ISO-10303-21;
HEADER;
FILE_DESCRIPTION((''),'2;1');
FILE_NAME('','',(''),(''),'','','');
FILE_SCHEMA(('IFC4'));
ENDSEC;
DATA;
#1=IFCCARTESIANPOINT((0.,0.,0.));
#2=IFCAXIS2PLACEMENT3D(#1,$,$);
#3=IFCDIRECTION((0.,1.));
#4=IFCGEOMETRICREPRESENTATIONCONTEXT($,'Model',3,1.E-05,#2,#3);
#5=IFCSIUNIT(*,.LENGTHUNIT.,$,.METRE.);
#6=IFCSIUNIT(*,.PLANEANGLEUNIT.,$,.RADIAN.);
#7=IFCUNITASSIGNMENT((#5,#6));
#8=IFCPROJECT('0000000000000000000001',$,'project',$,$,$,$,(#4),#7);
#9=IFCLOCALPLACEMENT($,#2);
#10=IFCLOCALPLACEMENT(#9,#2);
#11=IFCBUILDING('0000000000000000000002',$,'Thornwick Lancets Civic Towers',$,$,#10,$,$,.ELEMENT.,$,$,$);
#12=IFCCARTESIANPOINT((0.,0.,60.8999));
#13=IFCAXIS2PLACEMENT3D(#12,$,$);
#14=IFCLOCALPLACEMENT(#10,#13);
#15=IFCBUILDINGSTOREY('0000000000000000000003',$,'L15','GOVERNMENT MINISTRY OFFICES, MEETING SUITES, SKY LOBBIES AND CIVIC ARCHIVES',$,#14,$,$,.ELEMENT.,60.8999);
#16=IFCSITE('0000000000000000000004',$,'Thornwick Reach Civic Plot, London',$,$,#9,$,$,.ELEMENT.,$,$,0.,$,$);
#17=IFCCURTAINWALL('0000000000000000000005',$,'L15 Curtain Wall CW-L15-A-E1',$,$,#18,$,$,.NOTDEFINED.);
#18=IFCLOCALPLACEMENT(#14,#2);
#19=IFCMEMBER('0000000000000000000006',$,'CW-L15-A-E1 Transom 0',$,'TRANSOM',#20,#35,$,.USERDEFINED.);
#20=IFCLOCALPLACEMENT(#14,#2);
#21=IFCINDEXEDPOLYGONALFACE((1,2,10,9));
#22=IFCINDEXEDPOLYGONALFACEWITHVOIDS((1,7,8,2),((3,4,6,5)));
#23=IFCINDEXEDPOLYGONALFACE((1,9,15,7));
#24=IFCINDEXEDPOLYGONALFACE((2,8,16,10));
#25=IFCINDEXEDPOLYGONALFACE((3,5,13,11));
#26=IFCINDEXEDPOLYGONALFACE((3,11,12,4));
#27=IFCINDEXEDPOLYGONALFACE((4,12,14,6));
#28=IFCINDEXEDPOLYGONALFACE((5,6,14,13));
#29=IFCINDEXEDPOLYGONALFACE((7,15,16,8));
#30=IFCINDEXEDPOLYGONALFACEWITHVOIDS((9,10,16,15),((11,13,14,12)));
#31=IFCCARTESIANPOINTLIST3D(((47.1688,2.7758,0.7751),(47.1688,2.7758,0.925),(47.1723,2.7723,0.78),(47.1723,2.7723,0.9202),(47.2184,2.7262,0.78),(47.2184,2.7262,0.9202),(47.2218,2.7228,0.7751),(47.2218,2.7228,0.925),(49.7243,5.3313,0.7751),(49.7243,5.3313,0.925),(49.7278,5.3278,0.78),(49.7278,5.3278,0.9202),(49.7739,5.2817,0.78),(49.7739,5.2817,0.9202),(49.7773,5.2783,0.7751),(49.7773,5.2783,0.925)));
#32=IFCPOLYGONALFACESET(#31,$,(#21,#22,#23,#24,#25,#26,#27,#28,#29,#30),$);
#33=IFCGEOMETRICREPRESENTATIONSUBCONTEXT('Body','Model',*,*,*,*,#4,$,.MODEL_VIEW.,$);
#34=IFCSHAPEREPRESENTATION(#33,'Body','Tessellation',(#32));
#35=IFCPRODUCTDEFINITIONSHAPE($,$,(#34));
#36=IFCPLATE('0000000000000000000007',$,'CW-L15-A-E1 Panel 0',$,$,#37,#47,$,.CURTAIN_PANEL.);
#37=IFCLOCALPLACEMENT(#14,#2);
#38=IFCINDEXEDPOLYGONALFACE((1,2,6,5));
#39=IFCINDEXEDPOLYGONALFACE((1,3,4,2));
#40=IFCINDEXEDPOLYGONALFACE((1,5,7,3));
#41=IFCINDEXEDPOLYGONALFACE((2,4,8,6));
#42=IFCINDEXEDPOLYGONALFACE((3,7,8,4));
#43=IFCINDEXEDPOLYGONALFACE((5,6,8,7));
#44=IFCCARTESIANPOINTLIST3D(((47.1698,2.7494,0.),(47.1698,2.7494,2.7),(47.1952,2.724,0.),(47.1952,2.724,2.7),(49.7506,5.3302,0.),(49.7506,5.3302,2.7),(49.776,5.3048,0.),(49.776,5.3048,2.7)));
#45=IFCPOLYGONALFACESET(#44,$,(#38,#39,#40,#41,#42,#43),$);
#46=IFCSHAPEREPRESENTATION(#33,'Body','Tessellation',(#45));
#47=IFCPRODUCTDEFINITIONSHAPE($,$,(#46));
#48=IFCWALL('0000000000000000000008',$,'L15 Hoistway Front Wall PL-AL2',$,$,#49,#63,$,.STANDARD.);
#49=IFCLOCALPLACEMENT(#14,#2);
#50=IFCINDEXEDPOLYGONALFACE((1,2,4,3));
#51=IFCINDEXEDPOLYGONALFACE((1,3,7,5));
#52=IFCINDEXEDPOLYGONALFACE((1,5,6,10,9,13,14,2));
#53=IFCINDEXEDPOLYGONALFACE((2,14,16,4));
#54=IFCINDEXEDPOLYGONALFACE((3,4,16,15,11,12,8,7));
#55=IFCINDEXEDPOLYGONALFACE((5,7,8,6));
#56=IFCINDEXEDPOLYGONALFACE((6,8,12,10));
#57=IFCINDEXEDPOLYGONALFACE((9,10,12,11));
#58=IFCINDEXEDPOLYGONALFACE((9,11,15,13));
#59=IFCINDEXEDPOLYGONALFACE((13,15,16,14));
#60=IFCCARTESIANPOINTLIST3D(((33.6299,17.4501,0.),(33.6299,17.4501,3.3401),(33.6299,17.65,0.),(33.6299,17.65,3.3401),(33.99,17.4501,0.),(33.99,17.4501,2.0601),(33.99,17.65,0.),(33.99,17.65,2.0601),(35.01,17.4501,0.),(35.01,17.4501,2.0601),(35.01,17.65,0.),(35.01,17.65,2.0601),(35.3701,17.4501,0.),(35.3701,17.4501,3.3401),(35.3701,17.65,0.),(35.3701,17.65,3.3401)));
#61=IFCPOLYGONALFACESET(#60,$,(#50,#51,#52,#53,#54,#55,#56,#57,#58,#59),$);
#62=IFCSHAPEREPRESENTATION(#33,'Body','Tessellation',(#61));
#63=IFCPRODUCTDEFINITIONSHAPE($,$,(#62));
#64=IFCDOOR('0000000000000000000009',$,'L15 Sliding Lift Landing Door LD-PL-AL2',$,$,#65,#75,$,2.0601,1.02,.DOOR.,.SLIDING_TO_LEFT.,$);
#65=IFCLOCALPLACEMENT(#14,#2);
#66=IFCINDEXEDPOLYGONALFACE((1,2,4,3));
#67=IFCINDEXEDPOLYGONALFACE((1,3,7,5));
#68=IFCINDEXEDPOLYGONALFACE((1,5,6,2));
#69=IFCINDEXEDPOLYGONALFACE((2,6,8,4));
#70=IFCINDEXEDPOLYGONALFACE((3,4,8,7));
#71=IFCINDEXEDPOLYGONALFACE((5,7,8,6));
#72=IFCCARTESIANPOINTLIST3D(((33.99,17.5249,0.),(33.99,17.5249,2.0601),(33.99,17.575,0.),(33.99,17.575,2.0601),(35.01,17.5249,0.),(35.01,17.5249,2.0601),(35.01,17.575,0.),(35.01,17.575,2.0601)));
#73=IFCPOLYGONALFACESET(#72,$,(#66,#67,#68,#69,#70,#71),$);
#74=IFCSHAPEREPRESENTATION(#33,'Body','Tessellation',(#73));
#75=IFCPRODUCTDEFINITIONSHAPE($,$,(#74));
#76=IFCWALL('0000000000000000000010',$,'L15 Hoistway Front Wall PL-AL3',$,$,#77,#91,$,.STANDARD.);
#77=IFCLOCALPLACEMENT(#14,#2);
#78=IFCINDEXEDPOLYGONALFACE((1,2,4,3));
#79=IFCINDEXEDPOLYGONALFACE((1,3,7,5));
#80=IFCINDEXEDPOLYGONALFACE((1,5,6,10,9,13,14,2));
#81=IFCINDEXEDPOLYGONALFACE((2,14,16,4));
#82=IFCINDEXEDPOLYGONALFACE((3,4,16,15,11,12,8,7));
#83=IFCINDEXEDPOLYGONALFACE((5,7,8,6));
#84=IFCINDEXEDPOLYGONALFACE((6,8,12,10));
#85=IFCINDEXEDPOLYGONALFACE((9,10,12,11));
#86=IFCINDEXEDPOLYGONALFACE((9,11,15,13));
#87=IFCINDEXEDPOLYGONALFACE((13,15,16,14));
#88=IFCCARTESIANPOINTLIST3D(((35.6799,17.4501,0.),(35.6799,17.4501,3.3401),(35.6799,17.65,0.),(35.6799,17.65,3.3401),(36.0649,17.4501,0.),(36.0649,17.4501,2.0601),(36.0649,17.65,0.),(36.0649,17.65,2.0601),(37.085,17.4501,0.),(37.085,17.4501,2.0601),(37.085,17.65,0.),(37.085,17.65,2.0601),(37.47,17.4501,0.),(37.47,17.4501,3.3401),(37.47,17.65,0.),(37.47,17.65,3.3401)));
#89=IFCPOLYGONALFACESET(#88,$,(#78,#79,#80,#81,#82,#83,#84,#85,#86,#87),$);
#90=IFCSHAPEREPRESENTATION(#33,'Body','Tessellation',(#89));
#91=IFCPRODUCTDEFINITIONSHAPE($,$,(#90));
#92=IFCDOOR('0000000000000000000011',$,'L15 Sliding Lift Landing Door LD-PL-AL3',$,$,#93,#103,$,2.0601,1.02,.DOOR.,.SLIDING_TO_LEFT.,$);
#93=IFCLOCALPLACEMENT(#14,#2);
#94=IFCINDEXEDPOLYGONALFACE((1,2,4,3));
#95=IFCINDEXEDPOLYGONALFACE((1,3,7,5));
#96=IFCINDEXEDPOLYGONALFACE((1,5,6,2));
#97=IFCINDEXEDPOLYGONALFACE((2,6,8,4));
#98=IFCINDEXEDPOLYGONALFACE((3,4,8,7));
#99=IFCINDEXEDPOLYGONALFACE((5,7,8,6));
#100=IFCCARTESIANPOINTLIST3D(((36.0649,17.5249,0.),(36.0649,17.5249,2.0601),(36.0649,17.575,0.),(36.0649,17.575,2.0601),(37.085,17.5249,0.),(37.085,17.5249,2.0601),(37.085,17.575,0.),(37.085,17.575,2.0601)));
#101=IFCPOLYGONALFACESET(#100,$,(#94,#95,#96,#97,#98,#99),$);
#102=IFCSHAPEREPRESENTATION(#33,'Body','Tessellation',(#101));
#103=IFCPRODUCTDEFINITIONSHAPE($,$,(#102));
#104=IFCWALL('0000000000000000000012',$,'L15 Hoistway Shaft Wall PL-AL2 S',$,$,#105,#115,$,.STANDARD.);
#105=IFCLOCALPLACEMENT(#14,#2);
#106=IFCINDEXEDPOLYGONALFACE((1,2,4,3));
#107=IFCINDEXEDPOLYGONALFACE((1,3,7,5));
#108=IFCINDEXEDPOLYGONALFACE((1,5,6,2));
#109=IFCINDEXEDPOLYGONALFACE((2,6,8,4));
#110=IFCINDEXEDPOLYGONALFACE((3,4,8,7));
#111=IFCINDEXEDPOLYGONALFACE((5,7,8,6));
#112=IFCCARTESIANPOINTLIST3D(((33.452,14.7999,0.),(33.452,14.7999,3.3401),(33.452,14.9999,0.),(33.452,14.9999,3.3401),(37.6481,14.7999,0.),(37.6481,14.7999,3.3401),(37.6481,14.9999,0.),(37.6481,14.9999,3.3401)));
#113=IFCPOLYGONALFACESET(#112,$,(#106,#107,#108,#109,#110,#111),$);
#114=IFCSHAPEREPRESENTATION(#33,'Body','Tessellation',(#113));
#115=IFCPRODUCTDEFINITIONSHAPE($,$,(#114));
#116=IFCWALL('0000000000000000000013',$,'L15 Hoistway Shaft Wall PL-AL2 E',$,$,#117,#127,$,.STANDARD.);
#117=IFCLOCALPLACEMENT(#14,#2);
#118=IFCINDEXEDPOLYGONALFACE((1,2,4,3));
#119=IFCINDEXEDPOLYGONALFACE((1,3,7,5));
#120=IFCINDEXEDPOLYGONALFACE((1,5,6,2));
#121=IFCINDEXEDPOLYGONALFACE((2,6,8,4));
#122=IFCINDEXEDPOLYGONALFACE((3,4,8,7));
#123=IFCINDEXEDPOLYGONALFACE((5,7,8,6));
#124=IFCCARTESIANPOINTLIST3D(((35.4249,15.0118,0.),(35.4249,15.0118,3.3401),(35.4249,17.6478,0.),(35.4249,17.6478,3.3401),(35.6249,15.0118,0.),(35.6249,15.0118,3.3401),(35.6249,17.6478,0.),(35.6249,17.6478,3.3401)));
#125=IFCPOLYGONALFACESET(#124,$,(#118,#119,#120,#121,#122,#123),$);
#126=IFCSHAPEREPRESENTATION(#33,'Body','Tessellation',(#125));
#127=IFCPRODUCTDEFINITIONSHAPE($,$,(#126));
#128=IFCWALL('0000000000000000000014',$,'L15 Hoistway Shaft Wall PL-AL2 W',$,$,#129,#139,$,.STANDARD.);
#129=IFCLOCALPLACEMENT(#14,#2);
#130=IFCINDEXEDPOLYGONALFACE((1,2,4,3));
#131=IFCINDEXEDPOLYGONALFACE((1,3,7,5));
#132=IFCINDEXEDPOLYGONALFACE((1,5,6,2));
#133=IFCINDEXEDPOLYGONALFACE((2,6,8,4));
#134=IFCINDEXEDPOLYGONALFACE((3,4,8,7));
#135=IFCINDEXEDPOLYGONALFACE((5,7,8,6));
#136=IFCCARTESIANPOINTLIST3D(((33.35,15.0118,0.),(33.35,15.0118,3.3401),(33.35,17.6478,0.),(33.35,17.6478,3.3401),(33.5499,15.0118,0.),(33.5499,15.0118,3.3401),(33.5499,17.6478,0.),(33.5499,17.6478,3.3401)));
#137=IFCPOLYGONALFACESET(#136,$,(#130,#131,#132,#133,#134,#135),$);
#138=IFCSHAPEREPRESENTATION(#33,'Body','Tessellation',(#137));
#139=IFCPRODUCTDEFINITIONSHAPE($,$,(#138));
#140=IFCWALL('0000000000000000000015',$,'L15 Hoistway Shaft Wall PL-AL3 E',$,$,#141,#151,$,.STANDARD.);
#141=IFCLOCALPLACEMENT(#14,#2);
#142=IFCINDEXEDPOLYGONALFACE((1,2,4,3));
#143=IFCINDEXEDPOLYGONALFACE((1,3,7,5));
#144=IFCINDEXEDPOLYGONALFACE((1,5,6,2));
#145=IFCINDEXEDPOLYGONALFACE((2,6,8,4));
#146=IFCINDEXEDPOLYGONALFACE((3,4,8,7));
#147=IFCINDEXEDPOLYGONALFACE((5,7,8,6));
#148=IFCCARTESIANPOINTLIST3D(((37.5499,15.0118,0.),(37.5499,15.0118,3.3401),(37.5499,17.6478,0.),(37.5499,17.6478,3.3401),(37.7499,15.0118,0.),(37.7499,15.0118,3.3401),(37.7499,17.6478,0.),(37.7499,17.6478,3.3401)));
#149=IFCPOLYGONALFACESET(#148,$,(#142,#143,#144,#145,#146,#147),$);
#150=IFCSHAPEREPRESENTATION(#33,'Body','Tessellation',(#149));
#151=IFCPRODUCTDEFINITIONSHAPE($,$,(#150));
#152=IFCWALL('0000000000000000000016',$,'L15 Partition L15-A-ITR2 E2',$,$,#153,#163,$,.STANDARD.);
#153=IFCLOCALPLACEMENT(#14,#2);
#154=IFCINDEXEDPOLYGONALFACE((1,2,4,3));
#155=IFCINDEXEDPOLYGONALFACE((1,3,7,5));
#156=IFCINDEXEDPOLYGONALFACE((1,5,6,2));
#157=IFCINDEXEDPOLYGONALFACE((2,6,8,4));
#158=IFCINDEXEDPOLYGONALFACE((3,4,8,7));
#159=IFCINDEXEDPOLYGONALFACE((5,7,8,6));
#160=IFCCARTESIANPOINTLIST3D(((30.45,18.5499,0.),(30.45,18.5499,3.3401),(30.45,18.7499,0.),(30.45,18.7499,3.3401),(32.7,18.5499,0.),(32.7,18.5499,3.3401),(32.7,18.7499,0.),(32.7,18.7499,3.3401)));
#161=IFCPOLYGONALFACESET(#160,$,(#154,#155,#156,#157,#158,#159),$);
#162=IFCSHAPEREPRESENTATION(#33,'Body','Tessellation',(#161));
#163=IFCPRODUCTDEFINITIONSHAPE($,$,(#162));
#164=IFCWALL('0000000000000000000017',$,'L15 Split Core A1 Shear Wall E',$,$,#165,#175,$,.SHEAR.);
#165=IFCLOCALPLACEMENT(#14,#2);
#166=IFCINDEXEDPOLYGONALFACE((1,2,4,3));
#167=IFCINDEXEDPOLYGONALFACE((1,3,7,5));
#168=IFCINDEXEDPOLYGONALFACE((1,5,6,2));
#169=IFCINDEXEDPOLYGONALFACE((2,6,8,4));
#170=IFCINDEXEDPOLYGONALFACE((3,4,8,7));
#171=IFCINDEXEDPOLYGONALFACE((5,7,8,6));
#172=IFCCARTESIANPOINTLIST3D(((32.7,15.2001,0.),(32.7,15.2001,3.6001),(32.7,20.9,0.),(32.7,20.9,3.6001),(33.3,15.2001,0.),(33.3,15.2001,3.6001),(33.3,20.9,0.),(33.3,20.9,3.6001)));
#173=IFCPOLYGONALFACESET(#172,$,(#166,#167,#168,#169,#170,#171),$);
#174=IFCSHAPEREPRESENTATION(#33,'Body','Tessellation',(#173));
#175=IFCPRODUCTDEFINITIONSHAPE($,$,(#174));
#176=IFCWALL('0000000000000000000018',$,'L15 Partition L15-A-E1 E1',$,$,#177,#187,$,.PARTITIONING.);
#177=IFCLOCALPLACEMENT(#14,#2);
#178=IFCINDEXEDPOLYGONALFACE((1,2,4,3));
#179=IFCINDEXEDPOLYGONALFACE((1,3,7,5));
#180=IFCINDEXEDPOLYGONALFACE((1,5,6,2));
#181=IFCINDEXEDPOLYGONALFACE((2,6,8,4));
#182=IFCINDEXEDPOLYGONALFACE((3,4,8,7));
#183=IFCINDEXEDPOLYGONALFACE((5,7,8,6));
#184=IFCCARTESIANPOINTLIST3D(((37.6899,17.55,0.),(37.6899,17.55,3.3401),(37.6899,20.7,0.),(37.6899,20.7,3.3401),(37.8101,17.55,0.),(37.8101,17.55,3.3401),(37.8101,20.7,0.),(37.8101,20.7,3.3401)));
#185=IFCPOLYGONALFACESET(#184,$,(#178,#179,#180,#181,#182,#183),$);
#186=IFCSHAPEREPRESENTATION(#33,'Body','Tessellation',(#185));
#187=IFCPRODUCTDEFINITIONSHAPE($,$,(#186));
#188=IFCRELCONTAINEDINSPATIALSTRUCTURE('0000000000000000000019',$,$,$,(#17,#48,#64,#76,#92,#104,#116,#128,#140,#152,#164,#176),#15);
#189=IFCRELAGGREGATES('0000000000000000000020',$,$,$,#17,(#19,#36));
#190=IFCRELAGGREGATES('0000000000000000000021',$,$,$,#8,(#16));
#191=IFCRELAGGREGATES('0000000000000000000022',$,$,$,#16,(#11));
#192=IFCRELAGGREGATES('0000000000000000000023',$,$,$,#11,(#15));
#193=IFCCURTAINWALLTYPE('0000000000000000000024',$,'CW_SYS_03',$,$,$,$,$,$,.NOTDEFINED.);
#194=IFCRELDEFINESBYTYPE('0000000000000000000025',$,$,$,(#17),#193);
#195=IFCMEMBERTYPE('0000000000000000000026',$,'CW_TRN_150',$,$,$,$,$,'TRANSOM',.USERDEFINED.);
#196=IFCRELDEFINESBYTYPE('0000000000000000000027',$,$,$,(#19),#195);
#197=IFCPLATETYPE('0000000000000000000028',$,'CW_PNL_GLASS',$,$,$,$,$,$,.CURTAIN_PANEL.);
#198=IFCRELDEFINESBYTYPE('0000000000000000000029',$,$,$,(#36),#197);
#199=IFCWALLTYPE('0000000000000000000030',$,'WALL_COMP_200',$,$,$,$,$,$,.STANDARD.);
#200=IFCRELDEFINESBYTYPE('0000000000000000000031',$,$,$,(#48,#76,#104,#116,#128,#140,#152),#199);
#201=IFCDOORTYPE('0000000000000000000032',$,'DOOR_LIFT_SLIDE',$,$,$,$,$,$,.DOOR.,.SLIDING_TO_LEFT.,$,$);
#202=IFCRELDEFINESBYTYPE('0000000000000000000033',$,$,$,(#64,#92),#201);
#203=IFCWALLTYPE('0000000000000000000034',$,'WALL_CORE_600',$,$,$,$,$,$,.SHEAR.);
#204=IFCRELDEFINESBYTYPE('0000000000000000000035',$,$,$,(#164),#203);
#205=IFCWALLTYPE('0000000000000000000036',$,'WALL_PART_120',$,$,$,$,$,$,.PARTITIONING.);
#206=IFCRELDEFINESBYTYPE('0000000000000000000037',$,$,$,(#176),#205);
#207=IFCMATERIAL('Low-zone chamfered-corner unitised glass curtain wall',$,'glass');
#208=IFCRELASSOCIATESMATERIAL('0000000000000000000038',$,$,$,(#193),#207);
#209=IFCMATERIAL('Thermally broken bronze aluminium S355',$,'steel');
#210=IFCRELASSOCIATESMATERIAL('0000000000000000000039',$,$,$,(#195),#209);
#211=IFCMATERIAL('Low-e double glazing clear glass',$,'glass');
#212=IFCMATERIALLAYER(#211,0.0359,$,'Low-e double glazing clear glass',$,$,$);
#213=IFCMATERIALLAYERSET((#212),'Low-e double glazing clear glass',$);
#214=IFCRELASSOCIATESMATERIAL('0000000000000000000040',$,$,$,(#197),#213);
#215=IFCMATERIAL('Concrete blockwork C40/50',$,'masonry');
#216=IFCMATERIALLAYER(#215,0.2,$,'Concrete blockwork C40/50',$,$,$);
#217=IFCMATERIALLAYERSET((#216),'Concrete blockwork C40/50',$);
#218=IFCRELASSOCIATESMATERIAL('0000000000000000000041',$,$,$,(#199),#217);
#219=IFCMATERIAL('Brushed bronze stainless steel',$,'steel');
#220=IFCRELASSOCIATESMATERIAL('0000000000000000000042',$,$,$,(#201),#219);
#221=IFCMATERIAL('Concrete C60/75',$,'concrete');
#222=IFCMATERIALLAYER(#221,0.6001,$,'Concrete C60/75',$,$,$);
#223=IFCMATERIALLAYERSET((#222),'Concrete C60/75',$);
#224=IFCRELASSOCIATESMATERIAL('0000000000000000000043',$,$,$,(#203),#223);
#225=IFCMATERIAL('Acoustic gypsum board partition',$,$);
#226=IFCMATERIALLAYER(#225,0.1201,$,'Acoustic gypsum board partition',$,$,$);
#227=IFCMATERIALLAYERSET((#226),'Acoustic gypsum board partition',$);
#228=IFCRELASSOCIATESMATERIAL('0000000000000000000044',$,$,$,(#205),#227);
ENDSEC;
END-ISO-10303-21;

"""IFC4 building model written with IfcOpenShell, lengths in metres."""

from ifc_helpers import new_model, si_unit, direction, frame, frame_2d, origin, origin_2d, place, context, subcontext, project, spatial, rectangle, hollow_rectangle, extrude, material, layer, layer_set, material_profile, profile_set, type_object, element, fill, aggregate, save


model = new_model("IFC4")

# Units and contexts
model_context = context("Model", 3, precision=1e-05, world=origin(), true_north=direction((0.0, 1.0)))
body_context = subcontext(model_context, "Body", "Model", "MODEL_VIEW")
ifc_project = project(units=[si_unit("LENGTHUNIT", "METRE"), si_unit("PLANEANGLEUNIT", "RADIAN")], contexts=[model_context])

# Site, building, storey
site_placement = place(None, origin())
site = spatial("IfcSite", under=ifc_project, at=site_placement, Name="Thornwick Reach Civic Plot, London", CompositionType="ELEMENT", RefElevation=0.0)
building_placement = place(site_placement, origin())
building = spatial("IfcBuilding", under=site, at=building_placement, Name="Thornwick Lancets Civic Towers", CompositionType="ELEMENT")
storey_placement = place(building_placement, frame((0.0, 0.0, 60.8999)))
storey = spatial("IfcBuildingStorey", under=building, at=storey_placement, Name="L15", Description="GOVERNMENT MINISTRY OFFICES, MEETING SUITES, SKY LOBBIES AND CIVIC ARCHIVES", CompositionType="ELEMENT", Elevation=60.8999)

# Shared definitions
ifc_material_1 = material(Name="Concrete C60/75", Category="concrete")

# Curtain wall, member, plate
ifc_material_2 = material(Name="Low-zone chamfered-corner unitised glass curtain wall", Category="glass")
curtain_wall_type = type_object("IfcCurtainWallType", Name="CW_SYS_03", PredefinedType="NOTDEFINED", material=ifc_material_2)
curtain_wall_placement = place(storey_placement, origin())
curtain_wall = element("IfcCurtainWall", 1, at=curtain_wall_placement, inside=storey, type_object=curtain_wall_type, Name="L15 Curtain Wall CW-L15-A-E1", PredefinedType="NOTDEFINED")
ifc_material_3 = material(Name="Thermally broken bronze aluminium S355", Category="steel")
ifc_material_profile_1 = material_profile(ifc_material_3, hollow_rectangle(XDim=0.075, YDim=0.1499, WallThickness=0.0049, at=origin_2d()), Name="RHS 150x75x5")
ifc_profile_set_1 = profile_set([ifc_material_profile_1], Name="Thermally broken bronze aluminium S355")
member_type_1 = type_object("IfcMemberType", Name="CW_TRN_150", ElementType="TRANSOM", PredefinedType="USERDEFINED", material=ifc_profile_set_1)
member_1_placement = place(storey_placement, frame((47.1953, 2.7493, 0.8501), z_axis=(0.707107, 0.707107, 0.0), x_axis=(-0.707107, 0.707107, 0.0)))
member_1 = element("IfcMember", 2, at=member_1_placement, type_object=member_type_1, Name="CW-L15-A-E1 Transom 0", ObjectType="TRANSOM", PredefinedType="USERDEFINED", context=body_context, shape_type="SweptSolid", body=[
    extrude(hollow_rectangle(XDim=0.075, YDim=0.1499, WallThickness=0.0049, at=origin_2d()), origin(), (0.0, 0.0, 1.0), 3.614),
])
ifc_material_4 = material(Name="Low-e double glazing clear glass", Category="glass")
ifc_layer_1 = layer(ifc_material_4, 0.0359, Name="Low-e double glazing clear glass")
ifc_layer_set_1 = layer_set([ifc_layer_1], Name="Low-e double glazing clear glass")
plate_type = type_object("IfcPlateType", Name="CW_PNL_GLASS", PredefinedType="CURTAIN_PANEL", material=ifc_layer_set_1)
plate_placement = place(storey_placement, frame((48.4729, 4.0271, 0.0), z_axis=(0.0, 0.0, 1.0), x_axis=(0.707107, 0.707107, 0.0)))
plate = element("IfcPlate", 3, at=plate_placement, type_object=plate_type, Name="CW-L15-A-E1 Panel 0", PredefinedType="CURTAIN_PANEL", context=body_context, shape_type="SweptSolid", body=[
    extrude(rectangle(XDim=3.6499, YDim=0.0359, at=origin_2d()), origin(), (0.0, 0.0, 1.0), 2.7),
])
aggregate(curtain_wall, [member_1, plate])

# Walls, openings, doors
ifc_material_5 = material(Name="Concrete blockwork C40/50", Category="masonry")
ifc_layer_2 = layer(ifc_material_5, 0.2, Name="Concrete blockwork C40/50")
ifc_layer_set_2 = layer_set([ifc_layer_2], Name="Concrete blockwork C40/50")
wall_type_1 = type_object("IfcWallType", Name="WALL_COMP_200", PredefinedType="STANDARD", material=ifc_layer_set_2)
wall_1_placement = place(storey_placement, frame((33.6299, 17.55, 0.0), z_axis=(0.0, 0.0, 1.0), x_axis=(1.0, 0.0, 0.0)))
wall_1 = element("IfcWall", 4, at=wall_1_placement, inside=storey, type_object=wall_type_1, Name="L15 Hoistway Front Wall PL-AL2", PredefinedType="STANDARD", context=body_context, shape_type="SweptSolid", body=[
    extrude(rectangle(XDim=1.7402, YDim=0.2, at=frame_2d((0.8701, 0.0))), origin(), (0.0, 0.0, 1.0), 3.3401),
])
opening_1_placement = place(wall_1_placement, frame((0.3601, 0.0, 0.0)))
opening_1 = element("IfcOpeningElement", 5, at=opening_1_placement, cuts=wall_1, PredefinedType="OPENING", context=body_context, shape_type="SweptSolid", body=[
    extrude(rectangle(XDim=1.02, YDim=2.0601, at=frame_2d((0.51, 1.03))), frame((0.0, 0.1099, 0.0), z_axis=(0.0, -1.0, 0.0), x_axis=(1.0, 0.0, 0.0)), (0.0, 0.0, 1.0), 0.22),
])
ifc_material_6 = material(Name="Brushed bronze stainless steel", Category="steel")
door_type_1 = type_object("IfcDoorType", Name="DOOR_LIFT_SLIDE", OperationType="SLIDING_TO_LEFT", PredefinedType="DOOR", material=ifc_material_6)
door_1_placement = place(opening_1_placement, origin())
door_1 = element("IfcDoor", 6, at=door_1_placement, inside=storey, type_object=door_type_1, Name="L15 Sliding Lift Landing Door LD-PL-AL2", OperationType="SLIDING_TO_LEFT", OverallHeight=2.0601, OverallWidth=1.02, PredefinedType="DOOR", context=body_context, shape_type="SweptSolid", body=[
    extrude(rectangle(XDim=1.02, YDim=2.0601, at=frame_2d((0.51, 1.03))), frame((0.0, 0.0249, 0.0), z_axis=(0.0, -1.0, 0.0), x_axis=(1.0, 0.0, 0.0)), (0.0, 0.0, 1.0), 0.05),
])
fill(opening_1, door_1)
wall_2_placement = place(storey_placement, frame((35.6799, 17.55, 0.0), z_axis=(0.0, 0.0, 1.0), x_axis=(1.0, 0.0, 0.0)))
wall_2 = element("IfcWall", 7, at=wall_2_placement, inside=storey, type_object=wall_type_1, Name="L15 Hoistway Front Wall PL-AL3", PredefinedType="STANDARD", context=body_context, shape_type="SweptSolid", body=[
    extrude(rectangle(XDim=1.79, YDim=0.2, at=frame_2d((0.895, 0.0))), origin(), (0.0, 0.0, 1.0), 3.3401),
])
opening_2_placement = place(wall_2_placement, frame((0.385, 0.0, 0.0)))
opening_2 = element("IfcOpeningElement", 8, at=opening_2_placement, cuts=wall_2, PredefinedType="OPENING", context=body_context, shape_type="SweptSolid", body=[
    extrude(rectangle(XDim=1.02, YDim=2.0601, at=frame_2d((0.51, 1.03))), frame((0.0, 0.1099, 0.0), z_axis=(0.0, -1.0, 0.0), x_axis=(1.0, 0.0, 0.0)), (0.0, 0.0, 1.0), 0.22),
])
door_2_placement = place(opening_2_placement, origin())
door_2 = element("IfcDoor", 9, at=door_2_placement, inside=storey, type_object=door_type_1, Name="L15 Sliding Lift Landing Door LD-PL-AL3", OperationType="SLIDING_TO_LEFT", OverallHeight=2.0601, OverallWidth=1.02, PredefinedType="DOOR", context=body_context, shape_type="SweptSolid", body=[
    extrude(rectangle(XDim=1.02, YDim=2.0601, at=frame_2d((0.51, 1.03))), frame((0.0, 0.0249, 0.0), z_axis=(0.0, -1.0, 0.0), x_axis=(1.0, 0.0, 0.0)), (0.0, 0.0, 1.0), 0.05),
])
fill(opening_2, door_2)

# Walls
wall_3_placement = place(storey_placement, frame((33.4519, 14.8999, 0.0), z_axis=(0.0, 0.0, 1.0), x_axis=(1.0, 0.0, 0.0)))
element("IfcWall", 10, at=wall_3_placement, inside=storey, type_object=wall_type_1, Name="L15 Hoistway Shaft Wall PL-AL2 S", PredefinedType="STANDARD", context=body_context, shape_type="SweptSolid", body=[
    extrude(rectangle(XDim=4.196, YDim=0.2, at=frame_2d((2.0981, 0.0))), origin(), (0.0, 0.0, 1.0), 3.3401),
])
for number, where, z_axis, x_axis, name in (
    (11, (35.5249, 15.012, 0.0), (0.0, 0.0, 1.0), (0.0, 1.0, 0.0), "L15 Hoistway Shaft Wall PL-AL2 E"),
    (12, (33.45, 15.012, 0.0), (0.0, 0.0, 1.0), (0.0, 1.0, 0.0), "L15 Hoistway Shaft Wall PL-AL2 W"),
    (13, (37.6499, 15.012, 0.0), (0.0, 0.0, 1.0), (0.0, 1.0, 0.0), "L15 Hoistway Shaft Wall PL-AL3 E"),
):
    element("IfcWall", number, at=place(storey_placement, frame(where, z_axis=z_axis, x_axis=x_axis)), inside=storey, type_object=wall_type_1, Name=name, PredefinedType="STANDARD", context=body_context, shape_type="SweptSolid", body=[
        extrude(rectangle(XDim=2.636, YDim=0.2, at=frame_2d((1.3179, 0.0))), origin(), (0.0, 0.0, 1.0), 3.3401),
    ])
wall_4_placement = place(storey_placement, frame((32.7, 18.6499, 0.0), z_axis=(0.0, 0.0, 1.0), x_axis=(-1.0, 0.0, 0.0)))
element("IfcWall", 14, at=wall_4_placement, inside=storey, type_object=wall_type_1, Name="L15 Partition L15-A-ITR2 E2", PredefinedType="STANDARD", context=body_context, shape_type="SweptSolid", body=[
    extrude(rectangle(XDim=2.25, YDim=0.2, at=frame_2d((1.125, 0.0))), origin(), (0.0, 0.0, 1.0), 3.3401),
])
ifc_layer_3 = layer(ifc_material_1, 0.6001, Name="Concrete C60/75")
ifc_layer_set_3 = layer_set([ifc_layer_3], Name="Concrete C60/75")
wall_type_2 = type_object("IfcWallType", Name="WALL_CORE_600", PredefinedType="SHEAR", material=ifc_layer_set_3)
wall_5_placement = place(storey_placement, frame((33.0, 15.2, 0.0), z_axis=(0.0, 0.0, 1.0), x_axis=(0.0, 1.0, 0.0)))
element("IfcWall", 15, at=wall_5_placement, inside=storey, type_object=wall_type_2, Name="L15 Split Core A1 Shear Wall E", PredefinedType="SHEAR", context=body_context, shape_type="SweptSolid", body=[
    extrude(rectangle(XDim=5.7, YDim=0.6001, at=frame_2d((2.8501, 0.0))), origin(), (0.0, 0.0, 1.0), 3.6001),
])
ifc_material_7 = material(Name="Acoustic gypsum board partition")
ifc_layer_4 = layer(ifc_material_7, 0.1201, Name="Acoustic gypsum board partition")
ifc_layer_set_4 = layer_set([ifc_layer_4], Name="Acoustic gypsum board partition")
wall_type_3 = type_object("IfcWallType", Name="WALL_PART_120", PredefinedType="PARTITIONING", material=ifc_layer_set_4)
wall_6_placement = place(storey_placement, frame((37.75, 17.55, 0.0), z_axis=(0.0, 0.0, 1.0), x_axis=(0.0, 1.0, 0.0)))
element("IfcWall", 16, at=wall_6_placement, inside=storey, type_object=wall_type_3, Name="L15 Partition L15-A-E1 E1", PredefinedType="PARTITIONING", context=body_context, shape_type="SweptSolid", body=[
    extrude(rectangle(XDim=3.1499, YDim=0.1201, at=frame_2d((1.575, 0.0))), origin(), (0.0, 0.0, 1.0), 3.3401),
])

save(model, "model.ifc")
